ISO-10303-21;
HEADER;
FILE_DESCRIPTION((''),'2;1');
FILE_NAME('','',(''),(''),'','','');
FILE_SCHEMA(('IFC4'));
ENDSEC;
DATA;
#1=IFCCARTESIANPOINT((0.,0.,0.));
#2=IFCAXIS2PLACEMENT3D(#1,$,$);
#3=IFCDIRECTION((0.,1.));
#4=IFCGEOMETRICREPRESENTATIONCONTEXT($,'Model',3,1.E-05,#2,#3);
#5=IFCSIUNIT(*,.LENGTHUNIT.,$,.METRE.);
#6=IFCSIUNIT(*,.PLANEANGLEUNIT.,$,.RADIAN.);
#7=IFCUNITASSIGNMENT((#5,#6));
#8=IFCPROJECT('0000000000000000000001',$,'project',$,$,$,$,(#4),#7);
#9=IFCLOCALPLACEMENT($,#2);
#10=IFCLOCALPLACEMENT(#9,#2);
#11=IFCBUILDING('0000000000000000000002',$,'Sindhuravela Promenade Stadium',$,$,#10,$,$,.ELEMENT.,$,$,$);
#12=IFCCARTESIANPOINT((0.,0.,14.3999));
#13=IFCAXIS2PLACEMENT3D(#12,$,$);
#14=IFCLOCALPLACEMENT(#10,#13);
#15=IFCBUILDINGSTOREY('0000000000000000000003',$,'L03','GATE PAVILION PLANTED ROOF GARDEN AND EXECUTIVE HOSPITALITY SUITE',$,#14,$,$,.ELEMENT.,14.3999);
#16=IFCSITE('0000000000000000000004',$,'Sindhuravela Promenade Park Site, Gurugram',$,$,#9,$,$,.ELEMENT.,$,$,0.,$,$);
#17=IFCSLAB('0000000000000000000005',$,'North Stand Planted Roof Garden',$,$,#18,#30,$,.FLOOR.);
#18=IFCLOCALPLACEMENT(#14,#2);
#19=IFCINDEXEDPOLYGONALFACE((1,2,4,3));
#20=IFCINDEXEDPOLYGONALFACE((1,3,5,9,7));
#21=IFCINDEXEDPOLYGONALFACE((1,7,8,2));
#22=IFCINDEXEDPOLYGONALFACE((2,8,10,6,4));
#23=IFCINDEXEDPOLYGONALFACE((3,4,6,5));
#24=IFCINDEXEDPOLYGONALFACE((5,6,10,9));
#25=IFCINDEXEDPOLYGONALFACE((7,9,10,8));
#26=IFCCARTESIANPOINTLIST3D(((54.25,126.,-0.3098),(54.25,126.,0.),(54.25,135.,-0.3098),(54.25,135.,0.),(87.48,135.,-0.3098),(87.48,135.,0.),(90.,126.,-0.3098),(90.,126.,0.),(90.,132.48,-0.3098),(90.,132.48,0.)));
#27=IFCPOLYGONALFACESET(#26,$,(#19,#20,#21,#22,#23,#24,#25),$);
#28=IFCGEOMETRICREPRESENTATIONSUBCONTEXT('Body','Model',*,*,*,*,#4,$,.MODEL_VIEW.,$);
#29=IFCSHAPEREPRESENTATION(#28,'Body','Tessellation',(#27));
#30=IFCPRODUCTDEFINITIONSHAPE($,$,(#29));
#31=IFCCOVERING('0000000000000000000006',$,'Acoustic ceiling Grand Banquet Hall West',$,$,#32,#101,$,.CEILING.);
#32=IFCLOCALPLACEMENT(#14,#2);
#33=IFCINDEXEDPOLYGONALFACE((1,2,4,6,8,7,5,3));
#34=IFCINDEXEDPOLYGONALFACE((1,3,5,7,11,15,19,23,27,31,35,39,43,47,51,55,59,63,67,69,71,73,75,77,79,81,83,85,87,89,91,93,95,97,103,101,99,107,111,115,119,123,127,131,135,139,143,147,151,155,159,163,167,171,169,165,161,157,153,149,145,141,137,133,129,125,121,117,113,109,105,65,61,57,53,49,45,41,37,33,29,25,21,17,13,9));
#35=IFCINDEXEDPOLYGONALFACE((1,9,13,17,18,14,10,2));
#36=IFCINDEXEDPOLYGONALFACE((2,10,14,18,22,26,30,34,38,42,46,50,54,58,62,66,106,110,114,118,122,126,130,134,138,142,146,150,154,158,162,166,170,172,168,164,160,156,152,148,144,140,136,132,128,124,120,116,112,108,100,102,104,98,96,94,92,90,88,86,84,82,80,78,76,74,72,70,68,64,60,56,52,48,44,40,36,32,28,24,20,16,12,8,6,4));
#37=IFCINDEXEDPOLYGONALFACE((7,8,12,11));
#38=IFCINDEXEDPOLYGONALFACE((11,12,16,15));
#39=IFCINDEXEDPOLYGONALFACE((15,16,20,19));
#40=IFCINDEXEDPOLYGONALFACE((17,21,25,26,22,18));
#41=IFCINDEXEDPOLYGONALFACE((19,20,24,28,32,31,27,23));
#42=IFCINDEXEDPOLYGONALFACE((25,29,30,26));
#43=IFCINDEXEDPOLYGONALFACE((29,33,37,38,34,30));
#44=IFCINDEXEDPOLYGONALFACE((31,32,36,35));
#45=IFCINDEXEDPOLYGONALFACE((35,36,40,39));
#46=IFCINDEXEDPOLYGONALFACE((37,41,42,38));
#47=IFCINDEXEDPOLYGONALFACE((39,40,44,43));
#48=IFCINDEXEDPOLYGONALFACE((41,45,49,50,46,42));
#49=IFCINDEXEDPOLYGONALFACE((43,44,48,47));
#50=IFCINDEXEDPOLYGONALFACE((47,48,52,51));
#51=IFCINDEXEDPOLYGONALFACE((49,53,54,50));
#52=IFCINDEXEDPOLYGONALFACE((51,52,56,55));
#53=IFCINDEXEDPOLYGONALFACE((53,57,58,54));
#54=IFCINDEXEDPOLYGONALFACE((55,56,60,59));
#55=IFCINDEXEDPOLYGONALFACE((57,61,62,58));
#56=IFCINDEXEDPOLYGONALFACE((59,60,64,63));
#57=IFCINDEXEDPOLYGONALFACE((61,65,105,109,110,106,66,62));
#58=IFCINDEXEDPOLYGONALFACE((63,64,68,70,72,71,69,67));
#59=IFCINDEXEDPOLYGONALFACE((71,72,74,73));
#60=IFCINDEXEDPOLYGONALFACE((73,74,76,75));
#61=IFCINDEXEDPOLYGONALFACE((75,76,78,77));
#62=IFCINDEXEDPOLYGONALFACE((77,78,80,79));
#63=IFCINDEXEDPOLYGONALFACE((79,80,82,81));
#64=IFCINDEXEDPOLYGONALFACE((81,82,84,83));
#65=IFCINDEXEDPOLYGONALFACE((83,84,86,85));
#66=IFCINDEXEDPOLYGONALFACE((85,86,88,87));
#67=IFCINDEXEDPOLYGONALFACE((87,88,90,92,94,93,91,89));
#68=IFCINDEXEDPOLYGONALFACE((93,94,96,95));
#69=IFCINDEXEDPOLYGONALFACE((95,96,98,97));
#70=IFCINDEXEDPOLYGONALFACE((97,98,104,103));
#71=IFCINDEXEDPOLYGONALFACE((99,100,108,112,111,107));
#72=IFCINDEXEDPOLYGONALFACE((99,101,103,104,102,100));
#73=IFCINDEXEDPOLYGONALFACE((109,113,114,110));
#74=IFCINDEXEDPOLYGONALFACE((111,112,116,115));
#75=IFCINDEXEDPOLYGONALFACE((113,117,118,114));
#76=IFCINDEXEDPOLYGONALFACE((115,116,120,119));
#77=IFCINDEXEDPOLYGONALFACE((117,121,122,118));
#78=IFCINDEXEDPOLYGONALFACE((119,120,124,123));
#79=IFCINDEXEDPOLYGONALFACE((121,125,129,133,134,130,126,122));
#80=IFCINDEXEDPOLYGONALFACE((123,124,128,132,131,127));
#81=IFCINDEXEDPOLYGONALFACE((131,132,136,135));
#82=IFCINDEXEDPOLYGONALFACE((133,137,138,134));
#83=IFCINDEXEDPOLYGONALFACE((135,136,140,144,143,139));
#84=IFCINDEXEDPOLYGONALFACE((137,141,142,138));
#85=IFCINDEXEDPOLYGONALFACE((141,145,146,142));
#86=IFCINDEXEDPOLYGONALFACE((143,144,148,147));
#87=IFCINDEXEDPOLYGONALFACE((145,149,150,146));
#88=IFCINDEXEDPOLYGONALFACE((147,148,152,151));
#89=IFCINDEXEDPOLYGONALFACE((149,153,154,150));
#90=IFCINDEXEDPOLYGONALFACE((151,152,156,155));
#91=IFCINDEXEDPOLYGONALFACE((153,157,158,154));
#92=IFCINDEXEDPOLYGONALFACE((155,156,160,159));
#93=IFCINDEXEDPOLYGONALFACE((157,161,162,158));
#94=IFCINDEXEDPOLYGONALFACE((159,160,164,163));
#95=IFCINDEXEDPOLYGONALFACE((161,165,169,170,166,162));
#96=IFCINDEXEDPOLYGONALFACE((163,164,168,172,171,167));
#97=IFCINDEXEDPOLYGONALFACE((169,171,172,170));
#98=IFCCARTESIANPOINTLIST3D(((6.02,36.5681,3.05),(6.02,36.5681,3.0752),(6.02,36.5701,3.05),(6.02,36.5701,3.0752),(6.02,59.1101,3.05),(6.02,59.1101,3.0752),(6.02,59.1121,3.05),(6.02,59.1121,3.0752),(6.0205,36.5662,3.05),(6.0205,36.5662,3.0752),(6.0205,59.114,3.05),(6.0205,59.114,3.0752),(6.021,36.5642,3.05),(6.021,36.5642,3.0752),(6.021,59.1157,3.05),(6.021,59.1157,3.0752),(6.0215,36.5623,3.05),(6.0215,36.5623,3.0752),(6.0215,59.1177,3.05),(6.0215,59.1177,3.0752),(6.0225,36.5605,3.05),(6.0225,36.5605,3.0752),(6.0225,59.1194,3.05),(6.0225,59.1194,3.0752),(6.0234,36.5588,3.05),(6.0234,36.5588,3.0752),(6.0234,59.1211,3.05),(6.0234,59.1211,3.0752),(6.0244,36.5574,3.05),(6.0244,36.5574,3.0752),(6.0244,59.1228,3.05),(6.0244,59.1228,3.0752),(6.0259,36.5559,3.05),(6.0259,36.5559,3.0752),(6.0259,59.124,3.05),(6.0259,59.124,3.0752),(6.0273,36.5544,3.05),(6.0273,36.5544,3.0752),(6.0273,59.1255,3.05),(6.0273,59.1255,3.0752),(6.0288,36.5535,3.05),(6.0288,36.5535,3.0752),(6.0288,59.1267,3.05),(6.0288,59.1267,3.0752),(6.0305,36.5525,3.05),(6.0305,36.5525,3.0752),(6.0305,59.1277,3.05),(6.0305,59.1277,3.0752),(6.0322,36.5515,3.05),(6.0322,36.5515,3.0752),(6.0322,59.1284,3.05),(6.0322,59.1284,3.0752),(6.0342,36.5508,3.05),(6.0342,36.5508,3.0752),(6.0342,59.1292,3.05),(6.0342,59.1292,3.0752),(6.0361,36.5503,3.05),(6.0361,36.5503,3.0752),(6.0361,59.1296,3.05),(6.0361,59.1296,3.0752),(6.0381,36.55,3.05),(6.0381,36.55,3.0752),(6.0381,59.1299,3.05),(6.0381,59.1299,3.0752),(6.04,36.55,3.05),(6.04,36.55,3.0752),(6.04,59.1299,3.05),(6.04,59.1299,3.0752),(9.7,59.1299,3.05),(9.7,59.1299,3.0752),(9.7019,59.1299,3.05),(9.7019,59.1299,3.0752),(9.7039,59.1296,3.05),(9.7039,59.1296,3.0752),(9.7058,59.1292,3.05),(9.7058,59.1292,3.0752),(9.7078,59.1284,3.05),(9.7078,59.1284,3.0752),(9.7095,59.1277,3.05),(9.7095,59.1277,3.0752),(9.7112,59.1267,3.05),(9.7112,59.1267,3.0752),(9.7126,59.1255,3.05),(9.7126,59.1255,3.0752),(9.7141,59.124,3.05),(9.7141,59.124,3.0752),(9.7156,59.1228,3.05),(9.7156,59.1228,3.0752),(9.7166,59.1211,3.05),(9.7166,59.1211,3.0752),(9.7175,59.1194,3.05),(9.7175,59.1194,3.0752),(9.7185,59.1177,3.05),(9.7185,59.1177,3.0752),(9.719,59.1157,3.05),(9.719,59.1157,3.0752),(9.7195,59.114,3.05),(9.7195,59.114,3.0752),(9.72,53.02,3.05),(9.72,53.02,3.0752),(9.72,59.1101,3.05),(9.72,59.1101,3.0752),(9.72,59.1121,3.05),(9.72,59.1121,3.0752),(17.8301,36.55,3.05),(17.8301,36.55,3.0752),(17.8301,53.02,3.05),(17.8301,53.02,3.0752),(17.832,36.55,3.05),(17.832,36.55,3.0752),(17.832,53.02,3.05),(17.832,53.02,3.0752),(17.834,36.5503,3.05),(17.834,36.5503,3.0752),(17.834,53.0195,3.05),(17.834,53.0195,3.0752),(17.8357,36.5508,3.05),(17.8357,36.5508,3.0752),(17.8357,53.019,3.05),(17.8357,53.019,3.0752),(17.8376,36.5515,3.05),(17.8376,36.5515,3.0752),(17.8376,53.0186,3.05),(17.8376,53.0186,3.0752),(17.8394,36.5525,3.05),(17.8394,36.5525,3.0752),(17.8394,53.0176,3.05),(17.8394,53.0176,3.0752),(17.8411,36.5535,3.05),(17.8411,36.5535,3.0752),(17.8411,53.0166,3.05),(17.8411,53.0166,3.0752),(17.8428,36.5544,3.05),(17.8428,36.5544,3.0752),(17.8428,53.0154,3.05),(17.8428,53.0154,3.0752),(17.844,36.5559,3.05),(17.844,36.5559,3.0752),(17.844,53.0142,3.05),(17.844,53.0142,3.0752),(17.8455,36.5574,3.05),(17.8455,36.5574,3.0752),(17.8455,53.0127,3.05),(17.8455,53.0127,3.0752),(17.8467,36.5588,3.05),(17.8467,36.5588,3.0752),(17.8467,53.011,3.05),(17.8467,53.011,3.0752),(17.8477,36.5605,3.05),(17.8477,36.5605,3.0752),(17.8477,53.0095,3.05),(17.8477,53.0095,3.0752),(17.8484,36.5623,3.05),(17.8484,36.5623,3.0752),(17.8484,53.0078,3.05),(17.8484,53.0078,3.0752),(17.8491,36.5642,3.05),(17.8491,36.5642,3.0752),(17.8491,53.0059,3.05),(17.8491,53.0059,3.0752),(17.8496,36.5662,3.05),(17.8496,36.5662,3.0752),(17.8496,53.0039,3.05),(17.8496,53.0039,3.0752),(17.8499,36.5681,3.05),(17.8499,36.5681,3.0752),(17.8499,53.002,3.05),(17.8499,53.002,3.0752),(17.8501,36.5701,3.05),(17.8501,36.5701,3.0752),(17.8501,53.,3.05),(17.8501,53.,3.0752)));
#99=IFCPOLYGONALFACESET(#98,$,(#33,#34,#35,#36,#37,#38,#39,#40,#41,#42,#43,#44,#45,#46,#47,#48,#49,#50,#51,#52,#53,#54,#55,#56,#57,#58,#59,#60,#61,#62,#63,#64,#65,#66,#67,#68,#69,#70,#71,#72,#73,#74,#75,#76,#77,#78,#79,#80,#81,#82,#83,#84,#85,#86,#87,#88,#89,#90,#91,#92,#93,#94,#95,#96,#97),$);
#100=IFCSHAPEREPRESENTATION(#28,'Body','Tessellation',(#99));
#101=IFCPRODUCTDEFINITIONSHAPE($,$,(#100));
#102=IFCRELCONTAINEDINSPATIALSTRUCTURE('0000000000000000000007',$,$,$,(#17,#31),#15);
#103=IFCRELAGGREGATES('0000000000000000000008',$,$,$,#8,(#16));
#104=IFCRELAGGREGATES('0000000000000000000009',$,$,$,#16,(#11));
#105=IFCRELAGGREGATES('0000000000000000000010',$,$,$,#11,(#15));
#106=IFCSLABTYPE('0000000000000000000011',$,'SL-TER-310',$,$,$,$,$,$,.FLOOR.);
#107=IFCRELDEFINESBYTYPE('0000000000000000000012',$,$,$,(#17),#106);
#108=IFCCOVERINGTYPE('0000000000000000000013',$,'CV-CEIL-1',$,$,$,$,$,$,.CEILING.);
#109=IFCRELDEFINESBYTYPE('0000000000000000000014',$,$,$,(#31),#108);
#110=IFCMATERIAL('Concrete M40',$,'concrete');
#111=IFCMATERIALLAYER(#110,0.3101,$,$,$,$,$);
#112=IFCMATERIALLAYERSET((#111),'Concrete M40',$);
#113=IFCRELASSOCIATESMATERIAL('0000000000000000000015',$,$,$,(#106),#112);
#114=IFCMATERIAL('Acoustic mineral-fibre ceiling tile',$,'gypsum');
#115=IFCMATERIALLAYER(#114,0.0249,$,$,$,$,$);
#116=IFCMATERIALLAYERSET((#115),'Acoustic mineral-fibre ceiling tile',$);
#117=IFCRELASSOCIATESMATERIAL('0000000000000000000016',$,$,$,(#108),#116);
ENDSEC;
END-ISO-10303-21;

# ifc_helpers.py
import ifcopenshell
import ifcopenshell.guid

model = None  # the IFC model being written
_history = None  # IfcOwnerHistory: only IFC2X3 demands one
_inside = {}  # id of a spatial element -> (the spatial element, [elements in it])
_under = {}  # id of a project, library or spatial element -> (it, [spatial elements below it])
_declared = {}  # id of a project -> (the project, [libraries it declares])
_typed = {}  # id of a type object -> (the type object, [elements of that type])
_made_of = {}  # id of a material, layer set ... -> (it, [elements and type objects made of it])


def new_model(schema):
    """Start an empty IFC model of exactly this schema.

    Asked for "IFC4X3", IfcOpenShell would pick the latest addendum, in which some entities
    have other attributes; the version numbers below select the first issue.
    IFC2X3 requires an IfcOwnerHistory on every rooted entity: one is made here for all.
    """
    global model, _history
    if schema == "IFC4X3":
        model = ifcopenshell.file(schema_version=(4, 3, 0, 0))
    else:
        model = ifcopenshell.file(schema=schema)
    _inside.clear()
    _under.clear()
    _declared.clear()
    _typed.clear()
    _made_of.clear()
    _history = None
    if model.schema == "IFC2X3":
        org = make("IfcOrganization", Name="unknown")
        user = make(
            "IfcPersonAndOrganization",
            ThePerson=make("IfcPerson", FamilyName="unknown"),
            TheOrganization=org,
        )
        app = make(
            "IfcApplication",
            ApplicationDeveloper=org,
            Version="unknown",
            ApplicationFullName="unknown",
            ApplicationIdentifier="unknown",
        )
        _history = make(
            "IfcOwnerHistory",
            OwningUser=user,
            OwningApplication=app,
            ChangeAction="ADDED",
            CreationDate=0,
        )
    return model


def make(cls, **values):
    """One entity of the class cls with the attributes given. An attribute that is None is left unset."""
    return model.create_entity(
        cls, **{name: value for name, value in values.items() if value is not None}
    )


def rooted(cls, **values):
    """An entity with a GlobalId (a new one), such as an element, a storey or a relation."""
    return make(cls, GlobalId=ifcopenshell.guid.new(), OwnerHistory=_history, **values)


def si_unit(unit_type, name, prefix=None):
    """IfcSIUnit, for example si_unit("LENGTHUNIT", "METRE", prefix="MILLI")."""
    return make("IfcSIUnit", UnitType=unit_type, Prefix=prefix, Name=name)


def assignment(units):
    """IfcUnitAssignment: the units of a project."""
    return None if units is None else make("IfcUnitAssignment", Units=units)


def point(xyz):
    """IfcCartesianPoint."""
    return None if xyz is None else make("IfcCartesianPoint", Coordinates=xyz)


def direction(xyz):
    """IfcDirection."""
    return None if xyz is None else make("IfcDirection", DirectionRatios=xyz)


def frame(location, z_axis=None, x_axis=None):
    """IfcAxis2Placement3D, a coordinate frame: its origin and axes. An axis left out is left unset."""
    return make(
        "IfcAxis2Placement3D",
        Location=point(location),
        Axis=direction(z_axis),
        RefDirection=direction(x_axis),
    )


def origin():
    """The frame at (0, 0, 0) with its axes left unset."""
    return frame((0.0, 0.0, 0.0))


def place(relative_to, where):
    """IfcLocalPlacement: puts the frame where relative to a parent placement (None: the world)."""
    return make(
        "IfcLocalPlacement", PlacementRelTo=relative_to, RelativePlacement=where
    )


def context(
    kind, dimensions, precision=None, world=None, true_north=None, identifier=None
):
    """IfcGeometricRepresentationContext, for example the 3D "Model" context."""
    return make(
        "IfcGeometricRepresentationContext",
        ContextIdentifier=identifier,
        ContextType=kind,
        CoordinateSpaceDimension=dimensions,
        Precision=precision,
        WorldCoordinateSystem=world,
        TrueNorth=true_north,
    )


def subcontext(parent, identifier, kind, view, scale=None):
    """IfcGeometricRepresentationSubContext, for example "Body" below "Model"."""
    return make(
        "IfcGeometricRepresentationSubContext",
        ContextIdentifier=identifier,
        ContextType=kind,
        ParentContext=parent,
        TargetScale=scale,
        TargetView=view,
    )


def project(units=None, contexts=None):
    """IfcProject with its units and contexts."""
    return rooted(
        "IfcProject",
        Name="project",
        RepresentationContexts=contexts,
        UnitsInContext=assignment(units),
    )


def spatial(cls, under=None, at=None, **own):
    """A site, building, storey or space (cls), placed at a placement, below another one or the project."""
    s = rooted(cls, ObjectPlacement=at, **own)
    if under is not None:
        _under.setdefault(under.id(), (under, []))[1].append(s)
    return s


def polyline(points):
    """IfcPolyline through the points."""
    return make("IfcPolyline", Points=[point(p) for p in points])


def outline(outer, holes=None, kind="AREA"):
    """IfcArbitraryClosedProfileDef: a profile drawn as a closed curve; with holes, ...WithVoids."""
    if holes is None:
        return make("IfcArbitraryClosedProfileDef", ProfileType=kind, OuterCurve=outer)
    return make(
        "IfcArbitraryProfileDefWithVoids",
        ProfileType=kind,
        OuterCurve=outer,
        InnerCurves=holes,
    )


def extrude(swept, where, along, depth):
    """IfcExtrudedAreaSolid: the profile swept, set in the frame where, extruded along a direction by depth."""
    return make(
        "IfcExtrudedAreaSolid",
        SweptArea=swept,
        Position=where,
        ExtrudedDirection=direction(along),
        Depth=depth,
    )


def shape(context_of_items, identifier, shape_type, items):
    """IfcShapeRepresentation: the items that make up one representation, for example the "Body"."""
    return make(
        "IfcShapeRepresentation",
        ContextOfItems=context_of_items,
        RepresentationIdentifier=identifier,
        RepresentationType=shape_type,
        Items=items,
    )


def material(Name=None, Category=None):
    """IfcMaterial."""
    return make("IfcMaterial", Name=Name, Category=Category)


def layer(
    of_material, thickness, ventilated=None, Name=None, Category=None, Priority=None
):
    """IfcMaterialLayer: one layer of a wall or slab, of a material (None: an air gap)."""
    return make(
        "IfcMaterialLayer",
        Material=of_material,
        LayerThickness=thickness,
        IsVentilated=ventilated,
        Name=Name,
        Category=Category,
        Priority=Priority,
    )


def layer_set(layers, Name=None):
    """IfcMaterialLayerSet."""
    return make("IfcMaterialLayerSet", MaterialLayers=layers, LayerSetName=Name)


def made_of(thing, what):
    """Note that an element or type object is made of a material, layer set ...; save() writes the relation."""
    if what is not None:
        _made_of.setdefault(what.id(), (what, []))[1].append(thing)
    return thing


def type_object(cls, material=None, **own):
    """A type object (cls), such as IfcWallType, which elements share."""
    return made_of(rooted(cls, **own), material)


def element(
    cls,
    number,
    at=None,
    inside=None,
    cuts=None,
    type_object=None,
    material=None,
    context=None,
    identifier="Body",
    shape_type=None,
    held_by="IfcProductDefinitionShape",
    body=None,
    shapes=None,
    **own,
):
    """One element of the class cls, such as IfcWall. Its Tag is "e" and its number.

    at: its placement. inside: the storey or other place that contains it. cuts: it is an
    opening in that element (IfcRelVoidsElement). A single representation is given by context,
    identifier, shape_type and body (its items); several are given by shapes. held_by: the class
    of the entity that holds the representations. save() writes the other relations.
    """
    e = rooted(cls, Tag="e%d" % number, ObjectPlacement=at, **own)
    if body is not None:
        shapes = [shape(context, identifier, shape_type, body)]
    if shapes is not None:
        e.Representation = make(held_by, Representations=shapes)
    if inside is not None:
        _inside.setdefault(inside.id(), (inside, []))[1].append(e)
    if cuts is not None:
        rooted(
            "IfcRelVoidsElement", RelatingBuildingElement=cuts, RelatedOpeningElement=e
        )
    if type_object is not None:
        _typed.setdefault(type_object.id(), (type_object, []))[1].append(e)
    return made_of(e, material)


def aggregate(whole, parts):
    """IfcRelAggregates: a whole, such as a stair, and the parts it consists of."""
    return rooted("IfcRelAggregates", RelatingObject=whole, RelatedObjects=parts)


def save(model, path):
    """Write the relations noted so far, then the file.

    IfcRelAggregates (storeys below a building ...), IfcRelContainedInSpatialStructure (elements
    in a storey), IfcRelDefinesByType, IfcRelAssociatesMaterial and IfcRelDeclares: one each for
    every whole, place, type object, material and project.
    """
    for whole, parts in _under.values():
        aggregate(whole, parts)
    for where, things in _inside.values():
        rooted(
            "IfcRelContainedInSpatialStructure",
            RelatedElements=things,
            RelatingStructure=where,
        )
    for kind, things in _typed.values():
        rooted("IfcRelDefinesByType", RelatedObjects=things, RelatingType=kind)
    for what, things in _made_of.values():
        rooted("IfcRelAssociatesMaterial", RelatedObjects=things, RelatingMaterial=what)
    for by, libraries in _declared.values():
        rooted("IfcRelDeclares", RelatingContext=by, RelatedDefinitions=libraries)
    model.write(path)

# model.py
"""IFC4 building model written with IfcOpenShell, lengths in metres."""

from ifc_helpers import new_model, si_unit, direction, frame, origin, place, context, subcontext, project, spatial, polyline, outline, extrude, material, layer, layer_set, type_object, element, save


model = new_model("IFC4")

# Units and contexts
model_context = context("Model", 3, precision=1e-05, world=origin(), true_north=direction((0.0, 1.0)))
body_context = subcontext(model_context, "Body", "Model", "MODEL_VIEW")
ifc_project = project(units=[si_unit("LENGTHUNIT", "METRE"), si_unit("PLANEANGLEUNIT", "RADIAN")], contexts=[model_context])

# Site, building, storey
site_placement = place(None, origin())
site = spatial("IfcSite", under=ifc_project, at=site_placement, Name="Sindhuravela Promenade Park Site, Gurugram", CompositionType="ELEMENT", RefElevation=0.0)
building_placement = place(site_placement, origin())
building = spatial("IfcBuilding", under=site, at=building_placement, Name="Sindhuravela Promenade Stadium", CompositionType="ELEMENT")
storey_placement = place(building_placement, frame((0.0, 0.0, 14.3999)))
storey = spatial("IfcBuildingStorey", under=building, at=storey_placement, Name="L03", Description="GATE PAVILION PLANTED ROOF GARDEN AND EXECUTIVE HOSPITALITY SUITE", CompositionType="ELEMENT", Elevation=14.3999)

# Shared definitions
ifc_material_1 = material(Name="Concrete M40", Category="concrete")

# Slab
ifc_layer_1 = layer(ifc_material_1, 0.3101)
ifc_layer_set_1 = layer_set([ifc_layer_1], Name="Concrete M40")
slab_type_1 = type_object("IfcSlabType", Name="SL-TER-310", PredefinedType="FLOOR", material=ifc_layer_set_1)
slab_1_placement = place(storey_placement, frame((0.0, 0.0, -0.3098)))
element("IfcSlab", 1, at=slab_1_placement, inside=storey, type_object=slab_type_1, Name="North Stand Planted Roof Garden", PredefinedType="FLOOR", context=body_context, shape_type="SweptSolid", body=[
    extrude(outline(polyline([(54.25, 126.0), (90.0, 126.0), (90.0, 132.48), (87.48, 135.0), (54.25, 135.0), (54.25, 126.0)])), origin(), (0.0, 0.0, 1.0), 0.3098),
])

# Covering
ifc_material_2 = material(Name="Acoustic mineral-fibre ceiling tile", Category="gypsum")
ifc_layer_2 = layer(ifc_material_2, 0.0249)
ifc_layer_set_2 = layer_set([ifc_layer_2], Name="Acoustic mineral-fibre ceiling tile")
covering_type_1 = type_object("IfcCoveringType", Name="CV-CEIL-1", PredefinedType="CEILING", material=ifc_layer_set_2)
covering_1_placement = place(storey_placement, frame((0.0, 0.0, 3.05)))
element("IfcCovering", 2, at=covering_1_placement, inside=storey, type_object=covering_type_1, Name="Acoustic ceiling Grand Banquet Hall West", PredefinedType="CEILING", context=body_context, shape_type="SweptSolid", body=[
    extrude(outline(polyline([(6.02, 59.1101), (6.02, 59.1121), (6.0205, 59.114), (6.021, 59.1157), (6.0215, 59.1177), (6.0225, 59.1194), (6.0234, 59.1211), (6.0244, 59.1228), (6.0259, 59.124), (6.0273, 59.1255), (6.0288, 59.1267), (6.0305, 59.1277), (6.0322, 59.1284), (6.0342, 59.1292), (6.0361, 59.1296), (6.0381, 59.1299), (6.04, 59.1299), (9.7, 59.1299), (9.7019, 59.1299), (9.7039, 59.1296), (9.7058, 59.1292), (9.7078, 59.1284), (9.7095, 59.1277), (9.7112, 59.1267), (9.7126, 59.1255), (9.7141, 59.124), (9.7156, 59.1228), (9.7166, 59.1211), (9.7175, 59.1194), (9.7185, 59.1177), (9.719, 59.1157), (9.7195, 59.114), (9.72, 59.1121), (9.72, 59.1101), (9.72, 53.02), (17.8301, 53.02), (17.832, 53.02), (17.834, 53.0195), (17.8357, 53.019), (17.8376, 53.0186), (17.8394, 53.0176), (17.8411, 53.0166), (17.8428, 53.0154), (17.844, 53.0142), (17.8455, 53.0127), (17.8467, 53.011), (17.8477, 53.0095), (17.8484, 53.0078), (17.8491, 53.0059), (17.8496, 53.0039), (17.8499, 53.002), (17.8501, 53.0), (17.8501, 36.5701), (17.8499, 36.5681), (17.8496, 36.5662), (17.8491, 36.5642), (17.8484, 36.5623), (17.8477, 36.5605), (17.8467, 36.5588), (17.8455, 36.5574), (17.844, 36.5559), (17.8428, 36.5544), (17.8411, 36.5535), (17.8394, 36.5525), (17.8376, 36.5515), (17.8357, 36.5508), (17.834, 36.5503), (17.832, 36.55), (17.8301, 36.55), (6.04, 36.55), (6.0381, 36.55), (6.0361, 36.5503), (6.0342, 36.5508), (6.0322, 36.5515), (6.0305, 36.5525), (6.0288, 36.5535), (6.0273, 36.5544), (6.0259, 36.5559), (6.0244, 36.5574), (6.0234, 36.5588), (6.0225, 36.5605), (6.0215, 36.5623), (6.021, 36.5642), (6.0205, 36.5662), (6.02, 36.5681), (6.02, 36.5701), (6.02, 59.1101)])), origin(), (0.0, 0.0, 1.0), 0.0251),
])

save(model, "model.ifc")
